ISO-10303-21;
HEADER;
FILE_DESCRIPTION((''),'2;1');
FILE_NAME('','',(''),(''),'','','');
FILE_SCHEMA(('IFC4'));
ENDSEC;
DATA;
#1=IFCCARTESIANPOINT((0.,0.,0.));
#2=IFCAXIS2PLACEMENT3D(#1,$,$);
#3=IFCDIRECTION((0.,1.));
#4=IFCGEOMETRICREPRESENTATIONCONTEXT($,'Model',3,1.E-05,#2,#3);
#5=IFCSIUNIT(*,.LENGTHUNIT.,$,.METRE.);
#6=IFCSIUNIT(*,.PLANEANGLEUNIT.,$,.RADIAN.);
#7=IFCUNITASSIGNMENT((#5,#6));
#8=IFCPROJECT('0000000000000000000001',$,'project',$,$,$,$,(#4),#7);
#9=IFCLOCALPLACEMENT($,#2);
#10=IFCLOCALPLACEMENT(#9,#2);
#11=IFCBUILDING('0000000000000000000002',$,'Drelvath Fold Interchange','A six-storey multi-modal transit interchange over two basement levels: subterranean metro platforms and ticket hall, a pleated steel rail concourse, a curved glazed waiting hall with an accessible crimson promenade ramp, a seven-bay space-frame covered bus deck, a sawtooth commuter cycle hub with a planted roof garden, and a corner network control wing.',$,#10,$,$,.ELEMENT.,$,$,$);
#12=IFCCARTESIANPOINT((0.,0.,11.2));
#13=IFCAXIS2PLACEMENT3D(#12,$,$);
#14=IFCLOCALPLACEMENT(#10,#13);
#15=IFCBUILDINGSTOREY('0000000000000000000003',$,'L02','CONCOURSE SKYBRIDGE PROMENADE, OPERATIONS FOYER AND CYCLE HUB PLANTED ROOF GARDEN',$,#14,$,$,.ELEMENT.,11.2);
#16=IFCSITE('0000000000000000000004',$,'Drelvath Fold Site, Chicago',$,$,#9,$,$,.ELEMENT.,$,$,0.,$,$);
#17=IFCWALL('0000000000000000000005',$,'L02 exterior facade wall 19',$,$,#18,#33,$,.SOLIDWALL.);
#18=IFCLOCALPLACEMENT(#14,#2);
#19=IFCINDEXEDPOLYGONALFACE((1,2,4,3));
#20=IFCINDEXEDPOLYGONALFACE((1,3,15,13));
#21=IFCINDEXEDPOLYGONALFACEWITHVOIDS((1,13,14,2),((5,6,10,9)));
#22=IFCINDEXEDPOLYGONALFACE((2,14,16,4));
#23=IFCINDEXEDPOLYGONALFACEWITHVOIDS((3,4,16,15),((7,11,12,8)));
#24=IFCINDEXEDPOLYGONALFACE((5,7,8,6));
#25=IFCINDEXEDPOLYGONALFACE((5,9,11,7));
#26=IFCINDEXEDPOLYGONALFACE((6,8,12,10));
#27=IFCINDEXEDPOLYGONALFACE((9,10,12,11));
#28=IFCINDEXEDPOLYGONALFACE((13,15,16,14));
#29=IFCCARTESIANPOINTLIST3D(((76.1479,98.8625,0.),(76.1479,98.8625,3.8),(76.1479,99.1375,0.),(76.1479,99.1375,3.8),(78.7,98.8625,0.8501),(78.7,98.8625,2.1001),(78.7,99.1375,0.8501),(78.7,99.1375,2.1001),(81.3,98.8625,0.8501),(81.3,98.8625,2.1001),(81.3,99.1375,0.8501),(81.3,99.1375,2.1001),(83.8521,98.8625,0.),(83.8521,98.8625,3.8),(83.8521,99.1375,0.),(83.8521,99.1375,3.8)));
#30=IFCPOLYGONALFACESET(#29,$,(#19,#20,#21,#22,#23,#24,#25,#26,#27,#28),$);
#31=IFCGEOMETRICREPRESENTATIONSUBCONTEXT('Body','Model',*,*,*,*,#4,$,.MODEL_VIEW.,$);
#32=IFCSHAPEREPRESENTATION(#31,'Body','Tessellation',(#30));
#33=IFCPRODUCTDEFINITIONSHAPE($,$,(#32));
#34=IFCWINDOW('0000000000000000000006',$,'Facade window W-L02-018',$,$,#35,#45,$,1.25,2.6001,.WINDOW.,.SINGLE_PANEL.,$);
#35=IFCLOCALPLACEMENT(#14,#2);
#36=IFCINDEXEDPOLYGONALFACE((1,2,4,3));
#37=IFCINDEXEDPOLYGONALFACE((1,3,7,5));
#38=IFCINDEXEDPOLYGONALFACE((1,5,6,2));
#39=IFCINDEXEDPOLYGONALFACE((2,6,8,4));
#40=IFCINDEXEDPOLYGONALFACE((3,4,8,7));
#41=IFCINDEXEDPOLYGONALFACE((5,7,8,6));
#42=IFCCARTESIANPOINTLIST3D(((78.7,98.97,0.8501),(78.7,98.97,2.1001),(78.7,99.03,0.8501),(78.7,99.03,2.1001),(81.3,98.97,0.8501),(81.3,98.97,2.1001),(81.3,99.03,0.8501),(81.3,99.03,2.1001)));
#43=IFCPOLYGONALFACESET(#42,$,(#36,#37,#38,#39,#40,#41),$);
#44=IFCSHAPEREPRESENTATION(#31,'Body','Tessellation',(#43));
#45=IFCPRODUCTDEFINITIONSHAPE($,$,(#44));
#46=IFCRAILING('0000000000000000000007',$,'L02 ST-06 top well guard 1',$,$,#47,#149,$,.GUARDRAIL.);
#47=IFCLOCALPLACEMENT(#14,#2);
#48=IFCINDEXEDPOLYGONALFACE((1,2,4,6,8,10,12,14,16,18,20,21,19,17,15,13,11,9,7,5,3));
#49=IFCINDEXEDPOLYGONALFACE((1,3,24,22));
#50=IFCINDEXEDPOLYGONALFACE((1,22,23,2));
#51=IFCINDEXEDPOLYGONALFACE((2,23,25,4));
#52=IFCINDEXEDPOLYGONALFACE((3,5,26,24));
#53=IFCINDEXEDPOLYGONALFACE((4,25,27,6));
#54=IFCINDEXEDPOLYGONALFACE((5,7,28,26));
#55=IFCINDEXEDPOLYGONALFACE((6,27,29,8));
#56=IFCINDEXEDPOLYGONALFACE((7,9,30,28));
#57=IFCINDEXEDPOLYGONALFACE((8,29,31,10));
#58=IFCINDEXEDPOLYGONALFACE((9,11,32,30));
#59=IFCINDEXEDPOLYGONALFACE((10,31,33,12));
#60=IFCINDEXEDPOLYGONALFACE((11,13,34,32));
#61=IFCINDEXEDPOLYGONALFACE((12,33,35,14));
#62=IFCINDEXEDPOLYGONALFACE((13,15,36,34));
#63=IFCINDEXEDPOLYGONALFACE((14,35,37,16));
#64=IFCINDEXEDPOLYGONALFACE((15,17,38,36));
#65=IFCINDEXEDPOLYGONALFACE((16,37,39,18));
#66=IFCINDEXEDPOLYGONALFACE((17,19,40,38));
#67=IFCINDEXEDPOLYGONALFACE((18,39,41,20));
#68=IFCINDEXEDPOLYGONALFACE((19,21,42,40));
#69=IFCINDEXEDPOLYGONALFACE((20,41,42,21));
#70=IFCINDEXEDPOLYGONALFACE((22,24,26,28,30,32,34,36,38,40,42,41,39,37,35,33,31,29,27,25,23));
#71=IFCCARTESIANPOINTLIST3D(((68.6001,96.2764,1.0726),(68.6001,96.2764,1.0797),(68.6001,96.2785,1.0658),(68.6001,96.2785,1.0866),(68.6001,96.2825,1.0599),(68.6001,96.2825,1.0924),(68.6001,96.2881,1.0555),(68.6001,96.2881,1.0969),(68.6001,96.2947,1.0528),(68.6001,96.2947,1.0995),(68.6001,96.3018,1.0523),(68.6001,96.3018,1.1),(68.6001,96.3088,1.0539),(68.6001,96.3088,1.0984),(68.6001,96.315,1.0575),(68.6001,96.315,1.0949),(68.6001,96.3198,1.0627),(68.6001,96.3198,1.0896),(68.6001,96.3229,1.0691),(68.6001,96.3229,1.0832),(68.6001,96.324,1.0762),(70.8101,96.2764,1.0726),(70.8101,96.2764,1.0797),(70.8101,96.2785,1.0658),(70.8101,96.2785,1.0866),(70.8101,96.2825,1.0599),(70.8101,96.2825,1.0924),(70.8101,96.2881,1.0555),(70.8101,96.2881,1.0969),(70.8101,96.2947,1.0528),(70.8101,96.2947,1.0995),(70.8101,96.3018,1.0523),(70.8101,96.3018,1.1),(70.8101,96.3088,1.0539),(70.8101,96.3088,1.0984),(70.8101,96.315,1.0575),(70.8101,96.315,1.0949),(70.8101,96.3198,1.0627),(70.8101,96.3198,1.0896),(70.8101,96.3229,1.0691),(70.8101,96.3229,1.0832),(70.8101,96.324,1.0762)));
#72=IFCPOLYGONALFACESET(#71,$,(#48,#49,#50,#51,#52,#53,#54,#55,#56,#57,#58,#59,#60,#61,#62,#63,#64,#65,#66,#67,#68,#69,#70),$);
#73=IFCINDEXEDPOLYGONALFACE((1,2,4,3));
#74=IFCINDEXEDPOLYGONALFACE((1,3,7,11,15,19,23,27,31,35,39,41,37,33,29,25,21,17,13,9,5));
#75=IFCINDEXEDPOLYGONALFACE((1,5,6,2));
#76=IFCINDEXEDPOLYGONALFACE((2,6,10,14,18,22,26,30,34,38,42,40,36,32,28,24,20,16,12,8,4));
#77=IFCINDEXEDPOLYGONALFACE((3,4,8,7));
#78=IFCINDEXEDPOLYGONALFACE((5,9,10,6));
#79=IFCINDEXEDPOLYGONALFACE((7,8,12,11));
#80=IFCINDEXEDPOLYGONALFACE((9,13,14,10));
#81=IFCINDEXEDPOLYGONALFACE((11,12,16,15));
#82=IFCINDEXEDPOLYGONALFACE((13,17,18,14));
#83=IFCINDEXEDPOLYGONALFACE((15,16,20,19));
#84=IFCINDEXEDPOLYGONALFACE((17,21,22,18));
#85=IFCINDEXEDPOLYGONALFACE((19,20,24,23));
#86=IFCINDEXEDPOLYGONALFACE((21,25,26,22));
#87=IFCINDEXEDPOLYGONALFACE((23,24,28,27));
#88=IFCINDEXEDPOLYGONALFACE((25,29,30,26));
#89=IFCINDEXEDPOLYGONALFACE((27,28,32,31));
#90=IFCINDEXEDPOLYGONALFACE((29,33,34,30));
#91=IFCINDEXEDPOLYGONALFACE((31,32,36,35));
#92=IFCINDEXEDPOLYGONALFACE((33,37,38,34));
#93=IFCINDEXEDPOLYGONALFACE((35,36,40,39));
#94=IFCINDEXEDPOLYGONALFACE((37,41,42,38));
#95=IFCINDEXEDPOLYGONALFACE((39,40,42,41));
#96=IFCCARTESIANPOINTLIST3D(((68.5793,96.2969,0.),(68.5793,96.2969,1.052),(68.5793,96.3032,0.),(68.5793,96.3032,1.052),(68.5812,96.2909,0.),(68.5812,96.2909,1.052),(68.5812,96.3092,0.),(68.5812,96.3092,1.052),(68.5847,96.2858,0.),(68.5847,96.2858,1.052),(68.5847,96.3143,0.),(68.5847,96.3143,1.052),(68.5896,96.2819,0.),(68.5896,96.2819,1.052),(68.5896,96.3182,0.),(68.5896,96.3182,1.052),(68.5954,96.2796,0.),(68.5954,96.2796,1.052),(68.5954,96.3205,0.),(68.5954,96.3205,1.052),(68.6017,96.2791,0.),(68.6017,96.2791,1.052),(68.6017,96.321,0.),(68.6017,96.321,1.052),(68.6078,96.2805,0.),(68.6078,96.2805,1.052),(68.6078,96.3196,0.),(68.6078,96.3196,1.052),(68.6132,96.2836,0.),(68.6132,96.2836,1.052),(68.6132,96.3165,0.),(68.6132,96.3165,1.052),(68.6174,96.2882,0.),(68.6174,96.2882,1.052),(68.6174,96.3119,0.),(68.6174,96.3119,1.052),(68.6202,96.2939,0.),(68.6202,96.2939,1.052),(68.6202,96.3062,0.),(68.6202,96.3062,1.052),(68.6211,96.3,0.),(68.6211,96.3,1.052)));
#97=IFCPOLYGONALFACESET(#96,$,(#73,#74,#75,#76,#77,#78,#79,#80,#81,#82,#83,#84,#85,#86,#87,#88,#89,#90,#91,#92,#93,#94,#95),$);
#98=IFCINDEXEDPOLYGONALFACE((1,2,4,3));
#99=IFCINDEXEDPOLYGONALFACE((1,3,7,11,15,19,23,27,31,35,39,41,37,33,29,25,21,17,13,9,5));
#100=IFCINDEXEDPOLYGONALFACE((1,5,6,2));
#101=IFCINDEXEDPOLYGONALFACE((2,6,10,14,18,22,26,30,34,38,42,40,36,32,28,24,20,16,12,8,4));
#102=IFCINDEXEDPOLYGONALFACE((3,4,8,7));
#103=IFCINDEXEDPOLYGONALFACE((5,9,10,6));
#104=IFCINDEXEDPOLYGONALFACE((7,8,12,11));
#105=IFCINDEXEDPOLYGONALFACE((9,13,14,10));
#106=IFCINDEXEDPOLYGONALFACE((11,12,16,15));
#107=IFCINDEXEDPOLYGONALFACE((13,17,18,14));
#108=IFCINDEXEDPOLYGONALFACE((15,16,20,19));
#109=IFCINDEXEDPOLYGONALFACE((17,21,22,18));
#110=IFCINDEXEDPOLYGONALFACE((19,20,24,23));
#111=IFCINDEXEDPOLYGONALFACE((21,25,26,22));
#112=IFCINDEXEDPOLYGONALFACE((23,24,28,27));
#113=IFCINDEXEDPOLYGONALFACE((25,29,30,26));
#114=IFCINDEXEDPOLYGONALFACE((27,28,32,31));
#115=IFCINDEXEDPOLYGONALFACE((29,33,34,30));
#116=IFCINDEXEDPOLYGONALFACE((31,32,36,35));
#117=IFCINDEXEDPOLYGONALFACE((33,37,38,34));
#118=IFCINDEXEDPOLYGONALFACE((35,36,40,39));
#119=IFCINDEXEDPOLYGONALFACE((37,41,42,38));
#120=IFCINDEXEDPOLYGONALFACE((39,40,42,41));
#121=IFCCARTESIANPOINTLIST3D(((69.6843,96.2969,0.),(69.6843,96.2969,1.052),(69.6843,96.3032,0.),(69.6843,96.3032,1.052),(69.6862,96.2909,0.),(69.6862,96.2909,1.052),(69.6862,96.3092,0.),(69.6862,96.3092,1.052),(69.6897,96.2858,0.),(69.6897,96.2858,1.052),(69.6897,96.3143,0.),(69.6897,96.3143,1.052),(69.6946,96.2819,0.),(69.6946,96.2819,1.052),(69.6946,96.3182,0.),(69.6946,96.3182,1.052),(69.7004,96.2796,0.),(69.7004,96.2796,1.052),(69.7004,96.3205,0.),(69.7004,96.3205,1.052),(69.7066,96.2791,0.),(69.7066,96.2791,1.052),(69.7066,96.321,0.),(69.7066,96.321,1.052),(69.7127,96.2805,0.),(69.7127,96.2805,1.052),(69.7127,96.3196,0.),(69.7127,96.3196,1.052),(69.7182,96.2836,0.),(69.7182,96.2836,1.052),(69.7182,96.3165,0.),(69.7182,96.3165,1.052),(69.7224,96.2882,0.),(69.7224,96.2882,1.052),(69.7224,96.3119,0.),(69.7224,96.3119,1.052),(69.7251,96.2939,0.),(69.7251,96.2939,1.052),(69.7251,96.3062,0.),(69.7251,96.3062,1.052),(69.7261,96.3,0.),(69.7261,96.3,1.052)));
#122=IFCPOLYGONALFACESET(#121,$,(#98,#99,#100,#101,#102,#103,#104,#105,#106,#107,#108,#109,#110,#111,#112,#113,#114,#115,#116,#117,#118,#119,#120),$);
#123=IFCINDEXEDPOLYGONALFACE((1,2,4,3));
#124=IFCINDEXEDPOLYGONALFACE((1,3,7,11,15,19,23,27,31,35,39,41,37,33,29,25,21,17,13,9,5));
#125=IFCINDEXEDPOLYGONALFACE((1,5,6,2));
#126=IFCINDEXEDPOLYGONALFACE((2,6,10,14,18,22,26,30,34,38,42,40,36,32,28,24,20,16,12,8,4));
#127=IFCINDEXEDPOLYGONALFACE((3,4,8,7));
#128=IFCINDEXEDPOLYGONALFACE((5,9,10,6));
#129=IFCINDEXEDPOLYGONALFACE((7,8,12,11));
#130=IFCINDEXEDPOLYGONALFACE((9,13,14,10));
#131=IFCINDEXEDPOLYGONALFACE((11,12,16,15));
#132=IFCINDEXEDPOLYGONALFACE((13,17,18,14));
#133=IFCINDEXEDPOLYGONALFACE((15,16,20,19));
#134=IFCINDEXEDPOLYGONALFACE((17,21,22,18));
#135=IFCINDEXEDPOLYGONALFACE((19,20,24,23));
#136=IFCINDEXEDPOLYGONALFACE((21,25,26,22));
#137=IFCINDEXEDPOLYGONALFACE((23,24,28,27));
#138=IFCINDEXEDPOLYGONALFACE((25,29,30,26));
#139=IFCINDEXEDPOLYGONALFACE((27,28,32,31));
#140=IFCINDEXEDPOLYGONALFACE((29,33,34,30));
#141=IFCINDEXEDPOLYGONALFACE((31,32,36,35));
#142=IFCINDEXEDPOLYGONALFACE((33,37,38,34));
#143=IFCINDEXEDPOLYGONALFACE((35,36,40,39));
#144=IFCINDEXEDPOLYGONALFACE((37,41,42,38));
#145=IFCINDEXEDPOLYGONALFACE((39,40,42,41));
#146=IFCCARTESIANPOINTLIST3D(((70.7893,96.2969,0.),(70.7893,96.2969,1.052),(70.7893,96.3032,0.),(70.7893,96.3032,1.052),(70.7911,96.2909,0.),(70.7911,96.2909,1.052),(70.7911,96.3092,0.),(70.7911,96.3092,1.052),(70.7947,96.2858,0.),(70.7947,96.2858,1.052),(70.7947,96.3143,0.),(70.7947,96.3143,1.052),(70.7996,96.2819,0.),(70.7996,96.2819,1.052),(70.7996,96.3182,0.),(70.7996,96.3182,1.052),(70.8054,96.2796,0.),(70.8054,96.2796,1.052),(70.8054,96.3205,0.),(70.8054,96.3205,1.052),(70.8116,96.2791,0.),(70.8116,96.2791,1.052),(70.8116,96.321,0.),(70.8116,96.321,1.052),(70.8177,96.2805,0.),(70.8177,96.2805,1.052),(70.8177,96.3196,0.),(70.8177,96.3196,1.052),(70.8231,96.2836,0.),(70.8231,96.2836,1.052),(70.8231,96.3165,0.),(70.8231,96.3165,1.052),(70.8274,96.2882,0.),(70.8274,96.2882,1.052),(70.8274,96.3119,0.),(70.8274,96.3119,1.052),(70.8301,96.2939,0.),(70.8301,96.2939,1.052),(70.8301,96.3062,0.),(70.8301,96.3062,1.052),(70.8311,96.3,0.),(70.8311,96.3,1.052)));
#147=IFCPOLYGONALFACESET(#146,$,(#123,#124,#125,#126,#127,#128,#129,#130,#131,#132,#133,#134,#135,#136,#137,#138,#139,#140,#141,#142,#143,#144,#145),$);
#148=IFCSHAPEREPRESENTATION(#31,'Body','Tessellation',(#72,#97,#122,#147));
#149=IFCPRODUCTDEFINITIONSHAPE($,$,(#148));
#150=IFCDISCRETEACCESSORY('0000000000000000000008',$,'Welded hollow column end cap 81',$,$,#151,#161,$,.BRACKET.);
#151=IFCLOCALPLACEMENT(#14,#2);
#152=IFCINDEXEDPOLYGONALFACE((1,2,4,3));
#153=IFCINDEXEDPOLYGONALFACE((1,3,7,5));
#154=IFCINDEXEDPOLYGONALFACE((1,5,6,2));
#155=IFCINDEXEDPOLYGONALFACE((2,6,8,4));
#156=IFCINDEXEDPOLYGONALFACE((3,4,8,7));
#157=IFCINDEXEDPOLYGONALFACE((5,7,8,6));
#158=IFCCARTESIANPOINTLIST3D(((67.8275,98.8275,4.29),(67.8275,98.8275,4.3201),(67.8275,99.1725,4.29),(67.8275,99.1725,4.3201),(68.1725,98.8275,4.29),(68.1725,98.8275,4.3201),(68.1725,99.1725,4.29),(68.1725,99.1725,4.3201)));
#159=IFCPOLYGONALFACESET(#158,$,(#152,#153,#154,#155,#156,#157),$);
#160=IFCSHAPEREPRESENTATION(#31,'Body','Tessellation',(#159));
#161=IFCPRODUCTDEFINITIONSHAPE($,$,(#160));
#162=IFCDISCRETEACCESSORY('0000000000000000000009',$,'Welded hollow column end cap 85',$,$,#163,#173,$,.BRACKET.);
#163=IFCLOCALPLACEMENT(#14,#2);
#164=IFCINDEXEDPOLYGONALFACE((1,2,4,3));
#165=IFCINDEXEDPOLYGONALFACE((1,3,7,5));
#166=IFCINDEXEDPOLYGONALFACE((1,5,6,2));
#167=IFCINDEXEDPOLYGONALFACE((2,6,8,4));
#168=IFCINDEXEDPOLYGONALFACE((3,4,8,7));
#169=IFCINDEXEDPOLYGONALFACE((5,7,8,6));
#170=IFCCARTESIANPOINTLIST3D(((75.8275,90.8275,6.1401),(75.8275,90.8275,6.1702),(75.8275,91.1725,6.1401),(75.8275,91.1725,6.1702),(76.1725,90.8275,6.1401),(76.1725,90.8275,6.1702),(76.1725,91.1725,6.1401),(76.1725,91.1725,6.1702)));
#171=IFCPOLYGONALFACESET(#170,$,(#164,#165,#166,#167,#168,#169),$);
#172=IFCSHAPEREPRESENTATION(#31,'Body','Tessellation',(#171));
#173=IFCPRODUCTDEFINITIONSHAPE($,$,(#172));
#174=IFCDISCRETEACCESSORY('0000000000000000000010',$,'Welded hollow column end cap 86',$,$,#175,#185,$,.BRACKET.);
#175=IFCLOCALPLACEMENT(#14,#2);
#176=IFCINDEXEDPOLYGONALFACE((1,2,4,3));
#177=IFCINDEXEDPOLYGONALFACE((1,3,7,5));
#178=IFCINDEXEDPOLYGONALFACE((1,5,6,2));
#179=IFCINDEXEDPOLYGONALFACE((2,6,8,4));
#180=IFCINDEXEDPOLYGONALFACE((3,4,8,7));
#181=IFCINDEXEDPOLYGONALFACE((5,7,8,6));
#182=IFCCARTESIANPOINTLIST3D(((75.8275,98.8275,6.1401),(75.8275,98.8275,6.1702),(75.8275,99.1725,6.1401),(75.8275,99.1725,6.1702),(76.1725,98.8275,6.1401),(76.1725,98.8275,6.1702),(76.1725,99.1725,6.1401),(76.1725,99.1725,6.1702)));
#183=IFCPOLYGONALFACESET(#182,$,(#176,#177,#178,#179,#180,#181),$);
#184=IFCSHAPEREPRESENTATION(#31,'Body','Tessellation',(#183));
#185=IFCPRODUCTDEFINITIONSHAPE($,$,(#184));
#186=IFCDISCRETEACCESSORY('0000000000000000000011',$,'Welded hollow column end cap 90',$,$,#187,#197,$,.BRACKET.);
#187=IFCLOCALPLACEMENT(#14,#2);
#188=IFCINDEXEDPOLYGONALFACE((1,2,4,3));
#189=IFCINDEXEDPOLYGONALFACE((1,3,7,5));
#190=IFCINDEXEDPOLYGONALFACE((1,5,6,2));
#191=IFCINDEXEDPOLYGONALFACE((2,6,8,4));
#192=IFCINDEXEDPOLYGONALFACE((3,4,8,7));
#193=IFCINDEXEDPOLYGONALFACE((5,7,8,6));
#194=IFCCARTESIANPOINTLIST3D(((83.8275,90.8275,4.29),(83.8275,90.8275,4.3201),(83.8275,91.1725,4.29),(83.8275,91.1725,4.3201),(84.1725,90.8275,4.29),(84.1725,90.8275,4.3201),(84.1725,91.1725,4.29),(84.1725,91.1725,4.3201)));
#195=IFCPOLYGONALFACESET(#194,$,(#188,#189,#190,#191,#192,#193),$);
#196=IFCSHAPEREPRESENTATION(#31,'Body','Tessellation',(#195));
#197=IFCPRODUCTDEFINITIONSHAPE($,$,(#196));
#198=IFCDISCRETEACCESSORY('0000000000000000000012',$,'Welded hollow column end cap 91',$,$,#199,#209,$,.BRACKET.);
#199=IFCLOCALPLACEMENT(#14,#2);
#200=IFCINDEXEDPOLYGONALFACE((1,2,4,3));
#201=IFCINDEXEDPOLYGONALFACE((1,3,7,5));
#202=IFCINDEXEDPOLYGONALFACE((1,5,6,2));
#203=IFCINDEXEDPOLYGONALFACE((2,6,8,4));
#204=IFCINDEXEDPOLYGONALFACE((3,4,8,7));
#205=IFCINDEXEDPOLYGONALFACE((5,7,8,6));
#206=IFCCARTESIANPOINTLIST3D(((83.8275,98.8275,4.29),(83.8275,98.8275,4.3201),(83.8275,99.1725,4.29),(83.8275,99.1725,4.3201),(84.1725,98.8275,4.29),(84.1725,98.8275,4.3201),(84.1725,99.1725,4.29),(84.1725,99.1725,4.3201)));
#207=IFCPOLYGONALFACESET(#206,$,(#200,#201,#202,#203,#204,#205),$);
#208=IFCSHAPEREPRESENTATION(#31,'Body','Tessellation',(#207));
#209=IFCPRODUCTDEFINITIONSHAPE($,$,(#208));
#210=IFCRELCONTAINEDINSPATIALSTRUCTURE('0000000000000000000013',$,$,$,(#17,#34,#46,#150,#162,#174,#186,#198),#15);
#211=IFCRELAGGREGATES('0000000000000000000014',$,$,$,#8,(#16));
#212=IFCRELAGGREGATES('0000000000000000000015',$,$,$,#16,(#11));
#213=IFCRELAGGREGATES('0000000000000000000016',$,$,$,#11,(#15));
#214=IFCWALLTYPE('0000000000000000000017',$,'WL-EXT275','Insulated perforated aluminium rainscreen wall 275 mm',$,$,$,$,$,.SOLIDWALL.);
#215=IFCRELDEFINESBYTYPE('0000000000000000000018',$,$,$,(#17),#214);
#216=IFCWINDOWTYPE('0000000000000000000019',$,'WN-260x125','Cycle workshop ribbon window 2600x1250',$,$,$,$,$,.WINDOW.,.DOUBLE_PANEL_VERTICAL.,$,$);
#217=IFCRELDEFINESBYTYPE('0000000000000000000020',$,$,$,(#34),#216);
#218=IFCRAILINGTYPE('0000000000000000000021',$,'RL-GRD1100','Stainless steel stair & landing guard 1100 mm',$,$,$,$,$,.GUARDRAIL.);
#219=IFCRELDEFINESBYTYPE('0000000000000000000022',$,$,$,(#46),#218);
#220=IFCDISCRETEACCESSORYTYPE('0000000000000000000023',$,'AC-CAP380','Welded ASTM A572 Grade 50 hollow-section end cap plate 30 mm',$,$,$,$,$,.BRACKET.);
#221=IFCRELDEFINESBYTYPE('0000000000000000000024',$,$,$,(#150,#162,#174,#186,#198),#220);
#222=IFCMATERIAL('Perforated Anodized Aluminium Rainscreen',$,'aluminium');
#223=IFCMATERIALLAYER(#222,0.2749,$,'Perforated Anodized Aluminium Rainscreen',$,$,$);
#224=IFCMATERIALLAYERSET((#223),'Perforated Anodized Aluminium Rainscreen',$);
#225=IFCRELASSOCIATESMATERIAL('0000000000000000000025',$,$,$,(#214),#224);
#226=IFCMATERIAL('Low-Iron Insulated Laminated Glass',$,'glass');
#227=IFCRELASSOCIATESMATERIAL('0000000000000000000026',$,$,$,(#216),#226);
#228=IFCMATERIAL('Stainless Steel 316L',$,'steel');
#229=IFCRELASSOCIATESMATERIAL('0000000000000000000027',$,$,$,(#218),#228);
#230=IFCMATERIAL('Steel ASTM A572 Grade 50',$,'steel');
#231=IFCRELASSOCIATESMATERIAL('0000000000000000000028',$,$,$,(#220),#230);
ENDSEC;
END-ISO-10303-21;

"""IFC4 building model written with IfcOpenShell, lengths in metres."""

from ifc_helpers import new_model, si_unit, direction, frame, frame_2d, origin, origin_2d, place, context, subcontext, project, spatial, rectangle, circle, extrude, material, layer, layer_set, type_object, element, fill, save


model = new_model("IFC4")

# Units and contexts
model_context = context("Model", 3, precision=1e-05, world=origin(), true_north=direction((0.0, 1.0)))
body_context = subcontext(model_context, "Body", "Model", "MODEL_VIEW")
ifc_project = project(units=[si_unit("LENGTHUNIT", "METRE"), si_unit("PLANEANGLEUNIT", "RADIAN")], contexts=[model_context])

# Site, building, storey
site_placement = place(None, origin())
site = spatial("IfcSite", under=ifc_project, at=site_placement, Name="Drelvath Fold Site, Chicago", CompositionType="ELEMENT", RefElevation=0.0)
building_placement = place(site_placement, origin())
building = spatial("IfcBuilding", under=site, at=building_placement, Name="Drelvath Fold Interchange", Description="A six-storey multi-modal transit interchange over two basement levels: subterranean metro platforms and ticket hall, a pleated steel rail concourse, a curved glazed waiting hall with an accessible crimson promenade ramp, a seven-bay space-frame covered bus deck, a sawtooth commuter cycle hub with a planted roof garden, and a corner network control wing.", CompositionType="ELEMENT")
storey_placement = place(building_placement, frame((0.0, 0.0, 11.2)))
storey = spatial("IfcBuildingStorey", under=building, at=storey_placement, Name="L02", Description="CONCOURSE SKYBRIDGE PROMENADE, OPERATIONS FOYER AND CYCLE HUB PLANTED ROOF GARDEN", CompositionType="ELEMENT", Elevation=11.2)

# Wall, opening, window
ifc_material_1 = material(Name="Perforated Anodized Aluminium Rainscreen", Category="aluminium")
ifc_layer_1 = layer(ifc_material_1, 0.2749, Name="Perforated Anodized Aluminium Rainscreen")
ifc_layer_set_1 = layer_set([ifc_layer_1], Name="Perforated Anodized Aluminium Rainscreen")
wall_type_1 = type_object("IfcWallType", Name="WL-EXT275", Description="Insulated perforated aluminium rainscreen wall 275 mm", PredefinedType="SOLIDWALL", material=ifc_layer_set_1)
wall_1_placement = place(storey_placement, frame((76.1479, 99.0, 0.0), z_axis=(0.0, 0.0, 1.0), x_axis=(1.0, 0.0, 0.0)))
wall_1 = element("IfcWall", 1, at=wall_1_placement, inside=storey, type_object=wall_type_1, Name="L02 exterior facade wall 19", PredefinedType="SOLIDWALL", context=body_context, shape_type="SweptSolid", body=[
    extrude(rectangle(XDim=7.7041, YDim=0.2749, at=frame_2d((3.8521, 0.0))), origin(), (0.0, 0.0, 1.0), 3.8),
])
opening_placement = place(wall_1_placement, frame((2.552, 0.0, 0.8501)))
opening = element("IfcOpeningElement", 2, at=opening_placement, cuts=wall_1, PredefinedType="OPENING", context=body_context, shape_type="SweptSolid", body=[
    extrude(rectangle(XDim=2.6001, YDim=1.25, at=frame_2d((1.3, 0.625))), frame((0.0, 0.1475, 0.0), z_axis=(0.0, -1.0, 0.0), x_axis=(1.0, 0.0, 0.0)), (0.0, 0.0, 1.0), 0.2949),
])
ifc_material_2 = material(Name="Low-Iron Insulated Laminated Glass", Category="glass")
window_type = type_object("IfcWindowType", Name="WN-260x125", Description="Cycle workshop ribbon window 2600x1250", PartitioningType="DOUBLE_PANEL_VERTICAL", PredefinedType="WINDOW", material=ifc_material_2)
window_placement = place(opening_placement, origin())
window = element("IfcWindow", 3, at=window_placement, inside=storey, type_object=window_type, Name="Facade window W-L02-018", OverallHeight=1.25, OverallWidth=2.6001, PartitioningType="SINGLE_PANEL", PredefinedType="WINDOW", context=body_context, shape_type="SweptSolid", body=[
    extrude(rectangle(XDim=2.6001, YDim=1.25, at=frame_2d((1.3, 0.625))), frame((0.0, 0.03, 0.0), z_axis=(0.0, -1.0, 0.0), x_axis=(1.0, 0.0, 0.0)), (0.0, 0.0, 1.0), 0.0601),
])
fill(opening, window)

# Railing
ifc_material_3 = material(Name="Stainless Steel 316L", Category="steel")
railing_type = type_object("IfcRailingType", Name="RL-GRD1100", Description="Stainless steel stair & landing guard 1100 mm", PredefinedType="GUARDRAIL", material=ifc_material_3)
railing_placement = place(storey_placement, frame((68.6001, 96.3, 0.0)))
element("IfcRailing", 4, at=railing_placement, inside=storey, type_object=railing_type, Name="L02 ST-06 top well guard 1", PredefinedType="GUARDRAIL", context=body_context, shape_type="SweptSolid", body=[
    extrude(circle(Radius=0.0239, at=origin_2d()), frame((0.0, 0.0, 1.0762), z_axis=(1.0, 0.0, 0.0), x_axis=(0.0, 1.0, 0.0)), (0.0, 0.0, 1.0), 2.21),
    extrude(circle(Radius=0.021, at=origin_2d()), origin(), (0.0, 0.0, 1.0), 1.052),
    extrude(circle(Radius=0.021, at=origin_2d()), frame((1.105, 0.0, 0.0)), (0.0, 0.0, 1.0), 1.052),
    extrude(circle(Radius=0.021, at=origin_2d()), frame((2.21, 0.0, 0.0)), (0.0, 0.0, 1.0), 1.052),
])

# Discrete accessories
ifc_material_4 = material(Name="Steel ASTM A572 Grade 50", Category="steel")
discrete_accessory_type = type_object("IfcDiscreteAccessoryType", Name="AC-CAP380", Description="Welded ASTM A572 Grade 50 hollow-section end cap plate 30 mm", PredefinedType="BRACKET", material=ifc_material_4)
for number, where, z_axis, x_axis, name in (
    (5, (68.0, 99.0, 4.29), (0.0, 0.0, 1.0), (1.0, 0.0, 0.0), "Welded hollow column end cap 81"),
    (6, (76.0, 91.0, 6.1401), (0.0, 0.0, 1.0), (1.0, 0.0, 0.0), "Welded hollow column end cap 85"),
    (7, (76.0, 99.0, 6.1401), (0.0, 0.0, 1.0), (1.0, 0.0, 0.0), "Welded hollow column end cap 86"),
    (8, (84.0, 91.0, 4.29), (0.0, 0.0, 1.0), (1.0, 0.0, 0.0), "Welded hollow column end cap 90"),
    (9, (84.0, 99.0, 4.29), (0.0, 0.0, 1.0), (1.0, 0.0, 0.0), "Welded hollow column end cap 91"),
):
    element("IfcDiscreteAccessory", number, at=place(storey_placement, frame(where, z_axis=z_axis, x_axis=x_axis)), inside=storey, type_object=discrete_accessory_type, Name=name, PredefinedType="BRACKET", context=body_context, shape_type="SweptSolid", body=[
        extrude(rectangle(XDim=0.345, YDim=0.345, at=origin_2d()), origin(), (0.0, 0.0, 1.0), 0.03),
    ])

save(model, "model.ifc")
